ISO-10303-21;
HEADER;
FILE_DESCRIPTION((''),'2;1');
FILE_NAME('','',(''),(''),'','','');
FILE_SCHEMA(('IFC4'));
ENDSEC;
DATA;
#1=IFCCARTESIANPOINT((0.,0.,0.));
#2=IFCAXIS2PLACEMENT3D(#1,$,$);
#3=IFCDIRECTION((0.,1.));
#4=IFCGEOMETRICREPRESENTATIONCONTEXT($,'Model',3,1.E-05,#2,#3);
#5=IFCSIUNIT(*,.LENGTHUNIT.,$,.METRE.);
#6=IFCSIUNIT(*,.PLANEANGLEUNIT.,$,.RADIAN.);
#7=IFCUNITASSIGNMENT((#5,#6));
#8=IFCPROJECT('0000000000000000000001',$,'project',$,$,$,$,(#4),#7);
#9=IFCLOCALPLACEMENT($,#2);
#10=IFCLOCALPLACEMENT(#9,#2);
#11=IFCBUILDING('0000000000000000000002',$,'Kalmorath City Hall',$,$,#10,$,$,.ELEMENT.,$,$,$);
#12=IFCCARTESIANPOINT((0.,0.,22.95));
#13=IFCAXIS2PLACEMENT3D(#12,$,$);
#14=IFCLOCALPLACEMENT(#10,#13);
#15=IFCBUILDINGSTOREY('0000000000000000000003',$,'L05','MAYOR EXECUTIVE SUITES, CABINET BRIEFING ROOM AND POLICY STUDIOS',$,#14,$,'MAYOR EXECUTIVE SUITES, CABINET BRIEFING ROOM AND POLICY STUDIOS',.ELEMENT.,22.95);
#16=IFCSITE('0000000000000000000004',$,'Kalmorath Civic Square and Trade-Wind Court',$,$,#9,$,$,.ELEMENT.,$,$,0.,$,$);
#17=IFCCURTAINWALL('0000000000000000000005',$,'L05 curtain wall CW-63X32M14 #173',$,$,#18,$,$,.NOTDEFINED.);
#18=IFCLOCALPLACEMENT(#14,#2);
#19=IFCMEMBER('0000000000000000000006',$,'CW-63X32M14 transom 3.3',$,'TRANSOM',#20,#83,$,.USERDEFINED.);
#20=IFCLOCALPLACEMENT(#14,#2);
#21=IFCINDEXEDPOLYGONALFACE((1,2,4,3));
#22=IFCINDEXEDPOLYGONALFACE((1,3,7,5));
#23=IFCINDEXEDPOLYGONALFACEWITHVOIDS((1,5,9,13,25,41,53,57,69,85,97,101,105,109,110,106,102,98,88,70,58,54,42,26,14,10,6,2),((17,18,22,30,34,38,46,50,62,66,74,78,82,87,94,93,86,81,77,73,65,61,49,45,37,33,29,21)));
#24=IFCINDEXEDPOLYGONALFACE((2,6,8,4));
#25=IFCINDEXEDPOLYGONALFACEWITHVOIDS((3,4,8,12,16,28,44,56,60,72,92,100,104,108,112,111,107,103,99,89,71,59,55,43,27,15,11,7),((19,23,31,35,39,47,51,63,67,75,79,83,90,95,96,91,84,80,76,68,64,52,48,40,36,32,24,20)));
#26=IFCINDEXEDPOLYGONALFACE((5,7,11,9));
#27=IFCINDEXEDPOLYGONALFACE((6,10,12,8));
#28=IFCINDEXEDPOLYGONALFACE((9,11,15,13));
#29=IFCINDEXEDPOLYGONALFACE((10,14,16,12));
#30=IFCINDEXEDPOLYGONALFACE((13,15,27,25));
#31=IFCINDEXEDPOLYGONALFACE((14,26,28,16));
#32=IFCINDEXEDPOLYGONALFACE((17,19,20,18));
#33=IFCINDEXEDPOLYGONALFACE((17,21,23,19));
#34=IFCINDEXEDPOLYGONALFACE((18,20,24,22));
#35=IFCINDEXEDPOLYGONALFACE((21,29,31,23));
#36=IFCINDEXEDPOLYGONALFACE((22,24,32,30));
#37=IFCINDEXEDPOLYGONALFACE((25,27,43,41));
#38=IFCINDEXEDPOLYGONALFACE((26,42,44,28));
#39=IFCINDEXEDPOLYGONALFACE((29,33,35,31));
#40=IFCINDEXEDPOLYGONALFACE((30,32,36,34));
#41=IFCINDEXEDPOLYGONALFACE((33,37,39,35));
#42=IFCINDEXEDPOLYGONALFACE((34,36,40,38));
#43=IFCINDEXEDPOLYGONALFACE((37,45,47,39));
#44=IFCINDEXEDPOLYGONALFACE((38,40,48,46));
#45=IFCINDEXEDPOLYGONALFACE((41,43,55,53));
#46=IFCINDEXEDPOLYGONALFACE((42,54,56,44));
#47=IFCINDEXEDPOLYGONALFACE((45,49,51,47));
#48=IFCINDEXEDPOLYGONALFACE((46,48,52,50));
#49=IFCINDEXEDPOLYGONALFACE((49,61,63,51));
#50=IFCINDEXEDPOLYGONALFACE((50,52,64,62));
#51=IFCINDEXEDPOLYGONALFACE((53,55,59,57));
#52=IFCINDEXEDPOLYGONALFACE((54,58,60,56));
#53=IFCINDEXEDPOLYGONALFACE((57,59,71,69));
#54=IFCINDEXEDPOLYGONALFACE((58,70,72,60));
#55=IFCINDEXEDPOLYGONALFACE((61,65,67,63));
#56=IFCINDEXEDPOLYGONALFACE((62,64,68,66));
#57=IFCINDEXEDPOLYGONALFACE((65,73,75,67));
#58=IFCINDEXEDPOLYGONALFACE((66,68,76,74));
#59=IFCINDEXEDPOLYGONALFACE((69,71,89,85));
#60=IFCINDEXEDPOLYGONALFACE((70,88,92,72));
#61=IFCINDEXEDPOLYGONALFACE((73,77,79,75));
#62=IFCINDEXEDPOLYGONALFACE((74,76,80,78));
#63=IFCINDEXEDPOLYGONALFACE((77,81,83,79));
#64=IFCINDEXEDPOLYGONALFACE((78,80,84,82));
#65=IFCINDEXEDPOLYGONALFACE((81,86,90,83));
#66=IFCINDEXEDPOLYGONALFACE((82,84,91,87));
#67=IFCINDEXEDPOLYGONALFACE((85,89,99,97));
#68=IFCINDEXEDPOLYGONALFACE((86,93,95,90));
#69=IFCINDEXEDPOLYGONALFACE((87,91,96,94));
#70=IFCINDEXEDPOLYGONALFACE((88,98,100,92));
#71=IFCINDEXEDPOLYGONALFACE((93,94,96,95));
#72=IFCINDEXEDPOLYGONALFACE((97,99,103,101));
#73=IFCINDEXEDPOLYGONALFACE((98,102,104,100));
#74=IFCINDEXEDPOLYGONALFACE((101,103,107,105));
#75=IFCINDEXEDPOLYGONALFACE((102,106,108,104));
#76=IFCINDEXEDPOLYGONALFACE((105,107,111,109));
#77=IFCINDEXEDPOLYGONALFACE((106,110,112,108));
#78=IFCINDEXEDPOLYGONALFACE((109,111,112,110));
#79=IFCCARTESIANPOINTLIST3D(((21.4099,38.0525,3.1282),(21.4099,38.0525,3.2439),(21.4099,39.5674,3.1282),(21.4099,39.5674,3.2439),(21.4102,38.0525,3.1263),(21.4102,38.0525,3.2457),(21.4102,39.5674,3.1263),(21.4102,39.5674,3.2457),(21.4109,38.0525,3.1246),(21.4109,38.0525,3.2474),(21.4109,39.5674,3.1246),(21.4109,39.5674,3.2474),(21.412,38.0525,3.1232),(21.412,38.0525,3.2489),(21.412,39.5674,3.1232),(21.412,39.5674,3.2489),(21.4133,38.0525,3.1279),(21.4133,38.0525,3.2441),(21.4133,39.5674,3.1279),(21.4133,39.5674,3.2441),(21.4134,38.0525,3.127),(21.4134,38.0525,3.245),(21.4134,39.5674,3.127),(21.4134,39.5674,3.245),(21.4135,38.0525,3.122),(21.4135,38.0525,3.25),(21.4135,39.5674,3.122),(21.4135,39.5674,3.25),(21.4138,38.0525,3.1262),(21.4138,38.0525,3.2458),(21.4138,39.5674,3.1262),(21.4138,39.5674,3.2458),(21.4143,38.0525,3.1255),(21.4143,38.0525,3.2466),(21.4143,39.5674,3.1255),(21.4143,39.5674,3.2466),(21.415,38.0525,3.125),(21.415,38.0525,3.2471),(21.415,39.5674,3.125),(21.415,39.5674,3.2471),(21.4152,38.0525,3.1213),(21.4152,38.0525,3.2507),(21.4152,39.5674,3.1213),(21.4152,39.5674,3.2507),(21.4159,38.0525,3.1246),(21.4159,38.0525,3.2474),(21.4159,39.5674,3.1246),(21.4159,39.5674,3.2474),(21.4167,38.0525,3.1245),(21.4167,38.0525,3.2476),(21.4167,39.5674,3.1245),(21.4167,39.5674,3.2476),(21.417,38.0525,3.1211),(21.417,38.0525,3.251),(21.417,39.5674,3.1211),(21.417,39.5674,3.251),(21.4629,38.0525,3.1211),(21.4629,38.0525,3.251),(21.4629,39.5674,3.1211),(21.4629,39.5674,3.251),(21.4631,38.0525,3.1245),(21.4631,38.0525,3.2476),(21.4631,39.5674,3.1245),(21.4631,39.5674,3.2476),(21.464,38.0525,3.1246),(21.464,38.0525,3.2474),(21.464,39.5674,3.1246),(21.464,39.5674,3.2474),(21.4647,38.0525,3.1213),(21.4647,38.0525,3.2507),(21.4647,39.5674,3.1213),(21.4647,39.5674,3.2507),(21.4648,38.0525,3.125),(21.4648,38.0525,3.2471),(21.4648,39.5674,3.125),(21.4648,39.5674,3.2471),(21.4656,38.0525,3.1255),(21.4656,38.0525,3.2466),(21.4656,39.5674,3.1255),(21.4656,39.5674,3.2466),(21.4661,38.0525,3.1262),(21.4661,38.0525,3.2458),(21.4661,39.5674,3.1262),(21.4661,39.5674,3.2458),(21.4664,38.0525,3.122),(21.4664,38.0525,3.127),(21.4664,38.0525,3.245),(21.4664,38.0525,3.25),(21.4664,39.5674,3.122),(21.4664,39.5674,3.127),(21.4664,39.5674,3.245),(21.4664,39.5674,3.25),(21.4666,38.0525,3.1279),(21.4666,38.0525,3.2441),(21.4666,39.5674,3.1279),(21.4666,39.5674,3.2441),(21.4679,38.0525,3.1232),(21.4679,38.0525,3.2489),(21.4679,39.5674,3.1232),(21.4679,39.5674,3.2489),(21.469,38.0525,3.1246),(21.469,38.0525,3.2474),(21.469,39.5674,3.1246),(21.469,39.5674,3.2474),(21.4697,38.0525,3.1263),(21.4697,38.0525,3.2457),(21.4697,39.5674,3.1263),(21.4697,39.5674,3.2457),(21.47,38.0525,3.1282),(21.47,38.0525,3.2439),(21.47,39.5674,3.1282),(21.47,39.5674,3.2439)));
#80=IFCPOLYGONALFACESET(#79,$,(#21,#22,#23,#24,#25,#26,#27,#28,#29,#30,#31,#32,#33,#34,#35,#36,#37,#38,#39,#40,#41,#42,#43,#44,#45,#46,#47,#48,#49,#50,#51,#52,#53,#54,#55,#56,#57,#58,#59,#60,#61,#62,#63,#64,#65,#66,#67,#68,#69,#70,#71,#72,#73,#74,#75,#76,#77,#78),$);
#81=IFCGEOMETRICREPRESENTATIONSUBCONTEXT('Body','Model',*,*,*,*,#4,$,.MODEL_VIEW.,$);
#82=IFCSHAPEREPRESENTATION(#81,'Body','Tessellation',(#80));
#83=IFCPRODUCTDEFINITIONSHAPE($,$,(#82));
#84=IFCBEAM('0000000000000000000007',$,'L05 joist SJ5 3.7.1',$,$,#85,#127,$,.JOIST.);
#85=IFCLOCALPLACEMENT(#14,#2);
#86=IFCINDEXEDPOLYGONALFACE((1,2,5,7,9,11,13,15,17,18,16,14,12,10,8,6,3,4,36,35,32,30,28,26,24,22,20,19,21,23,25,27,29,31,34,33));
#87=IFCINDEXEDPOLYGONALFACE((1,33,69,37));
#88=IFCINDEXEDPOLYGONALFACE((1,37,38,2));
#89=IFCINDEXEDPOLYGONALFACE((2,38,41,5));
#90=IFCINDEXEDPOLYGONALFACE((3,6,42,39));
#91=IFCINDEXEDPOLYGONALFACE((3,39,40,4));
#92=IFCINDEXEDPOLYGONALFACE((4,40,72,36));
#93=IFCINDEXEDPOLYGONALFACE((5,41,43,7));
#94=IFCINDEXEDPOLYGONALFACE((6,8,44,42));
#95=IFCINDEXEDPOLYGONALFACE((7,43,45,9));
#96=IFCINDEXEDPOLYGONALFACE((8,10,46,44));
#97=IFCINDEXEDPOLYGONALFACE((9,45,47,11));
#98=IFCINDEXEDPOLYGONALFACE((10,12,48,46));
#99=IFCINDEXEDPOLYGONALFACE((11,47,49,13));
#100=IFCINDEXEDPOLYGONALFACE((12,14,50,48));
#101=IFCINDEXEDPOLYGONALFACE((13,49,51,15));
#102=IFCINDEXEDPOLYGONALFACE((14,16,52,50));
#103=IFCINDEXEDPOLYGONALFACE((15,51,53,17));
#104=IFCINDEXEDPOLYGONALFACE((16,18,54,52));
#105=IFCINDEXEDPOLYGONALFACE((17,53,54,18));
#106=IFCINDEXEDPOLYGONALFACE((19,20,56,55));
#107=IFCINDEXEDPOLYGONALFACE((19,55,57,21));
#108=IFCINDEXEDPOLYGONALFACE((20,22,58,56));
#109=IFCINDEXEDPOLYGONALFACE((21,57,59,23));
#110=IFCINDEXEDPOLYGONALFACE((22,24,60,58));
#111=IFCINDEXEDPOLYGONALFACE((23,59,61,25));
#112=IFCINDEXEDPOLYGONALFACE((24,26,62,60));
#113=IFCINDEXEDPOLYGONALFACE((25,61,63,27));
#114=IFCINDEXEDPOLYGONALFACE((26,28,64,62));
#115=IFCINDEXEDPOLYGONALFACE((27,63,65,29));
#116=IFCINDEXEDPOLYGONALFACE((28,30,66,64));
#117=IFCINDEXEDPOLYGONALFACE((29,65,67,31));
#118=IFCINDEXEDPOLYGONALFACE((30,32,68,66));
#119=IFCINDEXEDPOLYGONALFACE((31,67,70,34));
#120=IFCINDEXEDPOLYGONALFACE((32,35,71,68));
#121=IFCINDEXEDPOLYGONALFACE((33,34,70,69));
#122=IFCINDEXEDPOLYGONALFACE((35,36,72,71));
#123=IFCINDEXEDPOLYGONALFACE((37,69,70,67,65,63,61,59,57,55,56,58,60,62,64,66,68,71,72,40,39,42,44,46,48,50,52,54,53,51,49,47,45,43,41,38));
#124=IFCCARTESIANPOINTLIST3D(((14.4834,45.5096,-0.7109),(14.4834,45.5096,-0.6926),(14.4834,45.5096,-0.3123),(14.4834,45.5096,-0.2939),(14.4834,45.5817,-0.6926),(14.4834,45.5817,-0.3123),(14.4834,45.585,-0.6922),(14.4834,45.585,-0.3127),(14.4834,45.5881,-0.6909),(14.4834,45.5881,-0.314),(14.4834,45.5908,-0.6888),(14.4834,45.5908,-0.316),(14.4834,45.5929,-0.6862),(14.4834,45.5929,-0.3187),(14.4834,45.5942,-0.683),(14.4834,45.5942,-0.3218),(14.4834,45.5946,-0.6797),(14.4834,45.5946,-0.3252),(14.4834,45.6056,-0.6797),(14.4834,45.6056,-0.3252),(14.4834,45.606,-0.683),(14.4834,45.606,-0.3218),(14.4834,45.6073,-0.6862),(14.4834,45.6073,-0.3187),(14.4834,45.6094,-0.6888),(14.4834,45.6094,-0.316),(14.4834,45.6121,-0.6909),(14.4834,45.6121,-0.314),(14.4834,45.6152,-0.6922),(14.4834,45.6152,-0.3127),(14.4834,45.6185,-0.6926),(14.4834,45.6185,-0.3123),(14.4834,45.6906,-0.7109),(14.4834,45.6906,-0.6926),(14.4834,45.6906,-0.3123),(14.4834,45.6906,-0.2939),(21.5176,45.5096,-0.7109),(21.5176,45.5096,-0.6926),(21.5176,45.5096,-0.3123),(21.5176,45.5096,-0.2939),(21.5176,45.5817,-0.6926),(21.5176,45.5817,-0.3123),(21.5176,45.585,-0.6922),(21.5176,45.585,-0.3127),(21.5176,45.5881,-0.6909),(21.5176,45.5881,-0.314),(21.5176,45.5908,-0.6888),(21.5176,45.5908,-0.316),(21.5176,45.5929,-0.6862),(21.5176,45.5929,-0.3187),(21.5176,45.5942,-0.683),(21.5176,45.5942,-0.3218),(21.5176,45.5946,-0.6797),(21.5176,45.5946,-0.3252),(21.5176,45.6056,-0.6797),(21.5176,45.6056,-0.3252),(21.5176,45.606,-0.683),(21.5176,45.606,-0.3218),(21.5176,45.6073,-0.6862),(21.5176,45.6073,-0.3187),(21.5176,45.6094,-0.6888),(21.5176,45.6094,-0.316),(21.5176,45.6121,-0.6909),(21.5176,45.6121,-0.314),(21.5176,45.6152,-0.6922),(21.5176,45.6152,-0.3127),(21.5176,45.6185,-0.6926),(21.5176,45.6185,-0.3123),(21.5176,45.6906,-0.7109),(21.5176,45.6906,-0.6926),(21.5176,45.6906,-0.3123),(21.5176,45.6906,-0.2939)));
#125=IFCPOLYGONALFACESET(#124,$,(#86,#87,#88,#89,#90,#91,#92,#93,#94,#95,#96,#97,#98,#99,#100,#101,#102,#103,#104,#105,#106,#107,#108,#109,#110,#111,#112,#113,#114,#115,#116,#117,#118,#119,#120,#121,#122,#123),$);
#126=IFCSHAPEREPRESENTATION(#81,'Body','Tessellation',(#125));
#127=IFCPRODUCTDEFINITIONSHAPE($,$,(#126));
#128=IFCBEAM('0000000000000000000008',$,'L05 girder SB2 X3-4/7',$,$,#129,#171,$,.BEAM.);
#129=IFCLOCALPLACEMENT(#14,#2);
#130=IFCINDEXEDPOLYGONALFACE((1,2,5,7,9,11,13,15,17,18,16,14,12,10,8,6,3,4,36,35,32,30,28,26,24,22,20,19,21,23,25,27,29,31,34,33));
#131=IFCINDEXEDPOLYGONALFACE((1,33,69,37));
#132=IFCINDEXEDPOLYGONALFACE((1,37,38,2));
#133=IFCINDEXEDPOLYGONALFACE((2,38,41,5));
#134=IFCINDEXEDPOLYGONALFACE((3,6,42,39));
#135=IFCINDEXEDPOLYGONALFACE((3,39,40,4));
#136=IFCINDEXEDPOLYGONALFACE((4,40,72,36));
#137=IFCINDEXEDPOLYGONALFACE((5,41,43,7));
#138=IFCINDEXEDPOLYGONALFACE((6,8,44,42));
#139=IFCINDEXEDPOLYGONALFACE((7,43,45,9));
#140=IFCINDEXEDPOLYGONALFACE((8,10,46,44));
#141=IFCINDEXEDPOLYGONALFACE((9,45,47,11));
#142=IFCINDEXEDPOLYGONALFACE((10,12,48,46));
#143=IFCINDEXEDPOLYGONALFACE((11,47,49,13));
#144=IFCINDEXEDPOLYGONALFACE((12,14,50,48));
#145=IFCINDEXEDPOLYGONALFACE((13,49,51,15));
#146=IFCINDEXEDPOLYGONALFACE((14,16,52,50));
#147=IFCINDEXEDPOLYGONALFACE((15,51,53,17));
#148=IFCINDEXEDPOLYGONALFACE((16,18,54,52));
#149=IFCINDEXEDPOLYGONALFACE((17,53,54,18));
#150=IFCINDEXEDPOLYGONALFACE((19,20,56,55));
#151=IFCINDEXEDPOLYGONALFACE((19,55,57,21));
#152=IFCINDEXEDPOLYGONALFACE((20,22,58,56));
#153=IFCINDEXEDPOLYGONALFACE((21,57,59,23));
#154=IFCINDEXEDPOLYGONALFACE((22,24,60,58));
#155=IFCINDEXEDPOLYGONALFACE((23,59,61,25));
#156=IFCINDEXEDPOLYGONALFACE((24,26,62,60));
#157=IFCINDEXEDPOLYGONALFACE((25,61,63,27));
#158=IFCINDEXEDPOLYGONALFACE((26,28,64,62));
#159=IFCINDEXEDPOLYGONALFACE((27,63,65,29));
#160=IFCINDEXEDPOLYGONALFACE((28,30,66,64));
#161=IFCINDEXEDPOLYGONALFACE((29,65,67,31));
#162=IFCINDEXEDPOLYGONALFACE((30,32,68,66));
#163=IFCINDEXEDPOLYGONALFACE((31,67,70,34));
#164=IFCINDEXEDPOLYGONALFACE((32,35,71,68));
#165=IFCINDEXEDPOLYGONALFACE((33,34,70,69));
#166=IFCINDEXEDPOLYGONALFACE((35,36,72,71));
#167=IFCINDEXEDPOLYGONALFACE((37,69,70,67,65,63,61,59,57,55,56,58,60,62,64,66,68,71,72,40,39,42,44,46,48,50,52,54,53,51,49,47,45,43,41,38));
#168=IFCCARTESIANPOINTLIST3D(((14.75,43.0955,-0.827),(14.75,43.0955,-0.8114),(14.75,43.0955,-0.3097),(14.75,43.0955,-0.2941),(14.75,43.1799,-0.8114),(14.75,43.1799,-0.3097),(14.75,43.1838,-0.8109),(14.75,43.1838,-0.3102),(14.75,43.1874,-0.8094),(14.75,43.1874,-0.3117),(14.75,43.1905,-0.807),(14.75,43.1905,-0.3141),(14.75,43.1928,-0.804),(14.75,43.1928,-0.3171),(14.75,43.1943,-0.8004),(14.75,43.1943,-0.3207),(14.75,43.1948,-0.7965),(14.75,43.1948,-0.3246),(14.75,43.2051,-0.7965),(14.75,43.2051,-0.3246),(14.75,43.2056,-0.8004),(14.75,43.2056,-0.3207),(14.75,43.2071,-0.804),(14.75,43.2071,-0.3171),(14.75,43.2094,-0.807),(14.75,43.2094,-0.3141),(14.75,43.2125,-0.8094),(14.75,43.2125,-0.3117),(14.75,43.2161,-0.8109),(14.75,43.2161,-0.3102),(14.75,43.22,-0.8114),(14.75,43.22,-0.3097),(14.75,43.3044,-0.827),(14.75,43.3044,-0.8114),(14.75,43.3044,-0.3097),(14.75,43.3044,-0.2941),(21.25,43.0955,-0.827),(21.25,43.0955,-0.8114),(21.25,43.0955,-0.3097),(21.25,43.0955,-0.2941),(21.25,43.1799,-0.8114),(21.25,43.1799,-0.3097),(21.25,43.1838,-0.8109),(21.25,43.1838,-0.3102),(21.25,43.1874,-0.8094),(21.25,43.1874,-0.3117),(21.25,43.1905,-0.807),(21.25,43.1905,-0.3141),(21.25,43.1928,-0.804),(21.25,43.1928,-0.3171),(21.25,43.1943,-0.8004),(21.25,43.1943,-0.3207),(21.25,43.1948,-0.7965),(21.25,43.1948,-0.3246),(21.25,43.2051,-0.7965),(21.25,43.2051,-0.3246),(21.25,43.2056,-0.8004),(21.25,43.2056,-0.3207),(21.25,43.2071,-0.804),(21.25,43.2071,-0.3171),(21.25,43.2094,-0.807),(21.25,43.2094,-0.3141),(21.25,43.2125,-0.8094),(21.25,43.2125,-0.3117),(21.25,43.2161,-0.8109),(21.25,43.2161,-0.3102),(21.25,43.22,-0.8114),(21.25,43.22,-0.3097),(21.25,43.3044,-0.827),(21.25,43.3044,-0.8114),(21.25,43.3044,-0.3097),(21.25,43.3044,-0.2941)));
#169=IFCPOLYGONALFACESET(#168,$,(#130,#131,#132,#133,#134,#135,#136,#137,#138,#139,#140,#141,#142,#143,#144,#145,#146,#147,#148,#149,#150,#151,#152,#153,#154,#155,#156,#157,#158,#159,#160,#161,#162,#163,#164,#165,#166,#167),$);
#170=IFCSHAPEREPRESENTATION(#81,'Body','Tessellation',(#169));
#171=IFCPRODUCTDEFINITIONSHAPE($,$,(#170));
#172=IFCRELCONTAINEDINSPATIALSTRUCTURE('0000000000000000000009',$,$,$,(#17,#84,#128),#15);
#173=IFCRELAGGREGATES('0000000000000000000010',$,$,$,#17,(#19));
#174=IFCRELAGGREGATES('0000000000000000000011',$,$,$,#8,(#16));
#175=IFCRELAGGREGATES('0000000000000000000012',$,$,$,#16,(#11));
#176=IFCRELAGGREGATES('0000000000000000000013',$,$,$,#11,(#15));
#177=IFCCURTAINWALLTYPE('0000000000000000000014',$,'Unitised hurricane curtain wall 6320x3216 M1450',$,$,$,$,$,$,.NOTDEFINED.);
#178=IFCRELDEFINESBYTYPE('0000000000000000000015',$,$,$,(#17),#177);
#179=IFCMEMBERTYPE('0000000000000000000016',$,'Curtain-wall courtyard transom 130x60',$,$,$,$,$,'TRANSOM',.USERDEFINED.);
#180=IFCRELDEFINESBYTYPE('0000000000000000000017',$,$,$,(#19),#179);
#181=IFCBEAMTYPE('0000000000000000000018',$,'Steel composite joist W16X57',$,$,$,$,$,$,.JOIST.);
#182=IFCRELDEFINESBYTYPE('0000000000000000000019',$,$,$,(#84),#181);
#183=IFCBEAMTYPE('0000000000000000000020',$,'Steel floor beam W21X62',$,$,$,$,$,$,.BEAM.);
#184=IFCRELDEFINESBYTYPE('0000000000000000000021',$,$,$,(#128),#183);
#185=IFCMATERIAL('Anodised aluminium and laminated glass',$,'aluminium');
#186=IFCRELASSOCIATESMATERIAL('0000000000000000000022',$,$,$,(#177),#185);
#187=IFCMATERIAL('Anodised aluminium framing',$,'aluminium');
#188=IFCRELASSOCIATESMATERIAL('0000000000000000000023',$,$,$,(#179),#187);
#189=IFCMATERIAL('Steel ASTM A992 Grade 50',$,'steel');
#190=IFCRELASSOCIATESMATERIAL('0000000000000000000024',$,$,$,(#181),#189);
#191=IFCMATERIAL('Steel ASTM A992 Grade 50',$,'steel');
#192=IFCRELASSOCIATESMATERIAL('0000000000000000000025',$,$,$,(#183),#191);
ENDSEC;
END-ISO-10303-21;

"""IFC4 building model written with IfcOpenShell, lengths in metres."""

from ifc_helpers import new_model, si_unit, direction, frame, origin, origin_2d, place, context, subcontext, project, spatial, hollow_rectangle, i_section, extrude, material, material_profile, profile_set, type_object, element, aggregate, save


model = new_model("IFC4")

# Units and contexts
model_context = context("Model", 3, precision=1e-05, world=origin(), true_north=direction((0.0, 1.0)))
body_context = subcontext(model_context, "Body", "Model", "MODEL_VIEW")
ifc_project = project(units=[si_unit("LENGTHUNIT", "METRE"), si_unit("PLANEANGLEUNIT", "RADIAN")], contexts=[model_context])

# Site, building, storey
site_placement = place(None, origin())
site = spatial("IfcSite", under=ifc_project, at=site_placement, Name="Kalmorath Civic Square and Trade-Wind Court", CompositionType="ELEMENT", RefElevation=0.0)
building_placement = place(site_placement, origin())
building = spatial("IfcBuilding", under=site, at=building_placement, Name="Kalmorath City Hall", CompositionType="ELEMENT")
storey_placement = place(building_placement, frame((0.0, 0.0, 22.95)))
storey = spatial("IfcBuildingStorey", under=building, at=storey_placement, Name="L05", Description="MAYOR EXECUTIVE SUITES, CABINET BRIEFING ROOM AND POLICY STUDIOS", LongName="MAYOR EXECUTIVE SUITES, CABINET BRIEFING ROOM AND POLICY STUDIOS", CompositionType="ELEMENT", Elevation=22.95)

# Curtain wall, member
ifc_material_1 = material(Name="Anodised aluminium and laminated glass", Category="aluminium")
curtain_wall_type = type_object("IfcCurtainWallType", Name="Unitised hurricane curtain wall 6320x3216 M1450", PredefinedType="NOTDEFINED", material=ifc_material_1)
curtain_wall_placement = place(storey_placement, origin())
curtain_wall = element("IfcCurtainWall", 1, at=curtain_wall_placement, inside=storey, type_object=curtain_wall_type, Name="L05 curtain wall CW-63X32M14 #173", PredefinedType="NOTDEFINED")
ifc_material_2 = material(Name="Anodised aluminium framing", Category="aluminium")
ifc_material_profile_1 = material_profile(ifc_material_2, hollow_rectangle(XDim=0.0601, YDim=0.1299, WallThickness=0.0034, InnerFilletRadius=0.0034, OuterFilletRadius=0.0071, at=origin_2d()), Name="ALU-TRN-130X60X3.5")
ifc_profile_set_1 = profile_set([ifc_material_profile_1], Name="Anodised aluminium framing")
member_type_1 = type_object("IfcMemberType", Name="Curtain-wall courtyard transom 130x60", ElementType="TRANSOM", PredefinedType="USERDEFINED", material=ifc_profile_set_1)
member_1_placement = place(storey_placement, frame((21.4399, 39.5674, 3.186), z_axis=(0.0, -1.0, 0.0), x_axis=(1.0, 0.0, 0.0)))
member_1 = element("IfcMember", 2, at=member_1_placement, type_object=member_type_1, Name="CW-63X32M14 transom 3.3", ObjectType="TRANSOM", PredefinedType="USERDEFINED", context=body_context, shape_type="SweptSolid", body=[
    extrude(hollow_rectangle(XDim=0.0601, YDim=0.1299, WallThickness=0.0034, InnerFilletRadius=0.0034, OuterFilletRadius=0.0071, at=origin_2d()), origin(), (0.0, 0.0, 1.0), 1.5149),
])

# Beams
ifc_material_3 = material(Name="Steel ASTM A992 Grade 50", Category="steel")
ifc_material_profile_2 = material_profile(ifc_material_3, i_section(OverallWidth=0.1809, OverallDepth=0.417, WebThickness=0.011, FlangeThickness=0.0183, FilletRadius=0.0129, at=origin_2d()), Name="W16X57")
ifc_profile_set_2 = profile_set([ifc_material_profile_2], Name="Steel ASTM A992 Grade 50")
beam_type_1 = type_object("IfcBeamType", Name="Steel composite joist W16X57", PredefinedType="JOIST", material=ifc_profile_set_2)
beam_1_placement = place(storey_placement, frame((14.4834, 45.6001, -0.5024), z_axis=(1.0, 0.0, 0.0), x_axis=(0.0, 1.0, 0.0)))
element("IfcBeam", 3, at=beam_1_placement, inside=storey, type_object=beam_type_1, Name="L05 joist SJ5 3.7.1", PredefinedType="JOIST", context=body_context, shape_type="SweptSolid", body=[
    extrude(i_section(OverallWidth=0.1809, OverallDepth=0.417, WebThickness=0.011, FlangeThickness=0.0183, FilletRadius=0.0129, at=origin_2d()), origin(), (0.0, 0.0, 1.0), 7.0342),
])
ifc_material_4 = material(Name="Steel ASTM A992 Grade 50", Category="steel")
ifc_material_profile_3 = material_profile(ifc_material_4, i_section(OverallWidth=0.209, OverallDepth=0.533, WebThickness=0.0103, FlangeThickness=0.0156, FilletRadius=0.0149, at=origin_2d()), Name="W21X62")
ifc_profile_set_3 = profile_set([ifc_material_profile_3], Name="Steel ASTM A992 Grade 50")
beam_type_2 = type_object("IfcBeamType", Name="Steel floor beam W21X62", PredefinedType="BEAM", material=ifc_profile_set_3)
beam_2_placement = place(storey_placement, frame((14.75, 43.2, -0.5605), z_axis=(1.0, 0.0, 0.0), x_axis=(0.0, 1.0, 0.0)))
element("IfcBeam", 4, at=beam_2_placement, inside=storey, type_object=beam_type_2, Name="L05 girder SB2 X3-4/7", PredefinedType="BEAM", context=body_context, shape_type="SweptSolid", body=[
    extrude(i_section(OverallWidth=0.209, OverallDepth=0.533, WebThickness=0.0103, FlangeThickness=0.0156, FilletRadius=0.0149, at=origin_2d()), origin(), (0.0, 0.0, 1.0), 6.5),
])

aggregate(curtain_wall, [member_1])

save(model, "model.ifc")
